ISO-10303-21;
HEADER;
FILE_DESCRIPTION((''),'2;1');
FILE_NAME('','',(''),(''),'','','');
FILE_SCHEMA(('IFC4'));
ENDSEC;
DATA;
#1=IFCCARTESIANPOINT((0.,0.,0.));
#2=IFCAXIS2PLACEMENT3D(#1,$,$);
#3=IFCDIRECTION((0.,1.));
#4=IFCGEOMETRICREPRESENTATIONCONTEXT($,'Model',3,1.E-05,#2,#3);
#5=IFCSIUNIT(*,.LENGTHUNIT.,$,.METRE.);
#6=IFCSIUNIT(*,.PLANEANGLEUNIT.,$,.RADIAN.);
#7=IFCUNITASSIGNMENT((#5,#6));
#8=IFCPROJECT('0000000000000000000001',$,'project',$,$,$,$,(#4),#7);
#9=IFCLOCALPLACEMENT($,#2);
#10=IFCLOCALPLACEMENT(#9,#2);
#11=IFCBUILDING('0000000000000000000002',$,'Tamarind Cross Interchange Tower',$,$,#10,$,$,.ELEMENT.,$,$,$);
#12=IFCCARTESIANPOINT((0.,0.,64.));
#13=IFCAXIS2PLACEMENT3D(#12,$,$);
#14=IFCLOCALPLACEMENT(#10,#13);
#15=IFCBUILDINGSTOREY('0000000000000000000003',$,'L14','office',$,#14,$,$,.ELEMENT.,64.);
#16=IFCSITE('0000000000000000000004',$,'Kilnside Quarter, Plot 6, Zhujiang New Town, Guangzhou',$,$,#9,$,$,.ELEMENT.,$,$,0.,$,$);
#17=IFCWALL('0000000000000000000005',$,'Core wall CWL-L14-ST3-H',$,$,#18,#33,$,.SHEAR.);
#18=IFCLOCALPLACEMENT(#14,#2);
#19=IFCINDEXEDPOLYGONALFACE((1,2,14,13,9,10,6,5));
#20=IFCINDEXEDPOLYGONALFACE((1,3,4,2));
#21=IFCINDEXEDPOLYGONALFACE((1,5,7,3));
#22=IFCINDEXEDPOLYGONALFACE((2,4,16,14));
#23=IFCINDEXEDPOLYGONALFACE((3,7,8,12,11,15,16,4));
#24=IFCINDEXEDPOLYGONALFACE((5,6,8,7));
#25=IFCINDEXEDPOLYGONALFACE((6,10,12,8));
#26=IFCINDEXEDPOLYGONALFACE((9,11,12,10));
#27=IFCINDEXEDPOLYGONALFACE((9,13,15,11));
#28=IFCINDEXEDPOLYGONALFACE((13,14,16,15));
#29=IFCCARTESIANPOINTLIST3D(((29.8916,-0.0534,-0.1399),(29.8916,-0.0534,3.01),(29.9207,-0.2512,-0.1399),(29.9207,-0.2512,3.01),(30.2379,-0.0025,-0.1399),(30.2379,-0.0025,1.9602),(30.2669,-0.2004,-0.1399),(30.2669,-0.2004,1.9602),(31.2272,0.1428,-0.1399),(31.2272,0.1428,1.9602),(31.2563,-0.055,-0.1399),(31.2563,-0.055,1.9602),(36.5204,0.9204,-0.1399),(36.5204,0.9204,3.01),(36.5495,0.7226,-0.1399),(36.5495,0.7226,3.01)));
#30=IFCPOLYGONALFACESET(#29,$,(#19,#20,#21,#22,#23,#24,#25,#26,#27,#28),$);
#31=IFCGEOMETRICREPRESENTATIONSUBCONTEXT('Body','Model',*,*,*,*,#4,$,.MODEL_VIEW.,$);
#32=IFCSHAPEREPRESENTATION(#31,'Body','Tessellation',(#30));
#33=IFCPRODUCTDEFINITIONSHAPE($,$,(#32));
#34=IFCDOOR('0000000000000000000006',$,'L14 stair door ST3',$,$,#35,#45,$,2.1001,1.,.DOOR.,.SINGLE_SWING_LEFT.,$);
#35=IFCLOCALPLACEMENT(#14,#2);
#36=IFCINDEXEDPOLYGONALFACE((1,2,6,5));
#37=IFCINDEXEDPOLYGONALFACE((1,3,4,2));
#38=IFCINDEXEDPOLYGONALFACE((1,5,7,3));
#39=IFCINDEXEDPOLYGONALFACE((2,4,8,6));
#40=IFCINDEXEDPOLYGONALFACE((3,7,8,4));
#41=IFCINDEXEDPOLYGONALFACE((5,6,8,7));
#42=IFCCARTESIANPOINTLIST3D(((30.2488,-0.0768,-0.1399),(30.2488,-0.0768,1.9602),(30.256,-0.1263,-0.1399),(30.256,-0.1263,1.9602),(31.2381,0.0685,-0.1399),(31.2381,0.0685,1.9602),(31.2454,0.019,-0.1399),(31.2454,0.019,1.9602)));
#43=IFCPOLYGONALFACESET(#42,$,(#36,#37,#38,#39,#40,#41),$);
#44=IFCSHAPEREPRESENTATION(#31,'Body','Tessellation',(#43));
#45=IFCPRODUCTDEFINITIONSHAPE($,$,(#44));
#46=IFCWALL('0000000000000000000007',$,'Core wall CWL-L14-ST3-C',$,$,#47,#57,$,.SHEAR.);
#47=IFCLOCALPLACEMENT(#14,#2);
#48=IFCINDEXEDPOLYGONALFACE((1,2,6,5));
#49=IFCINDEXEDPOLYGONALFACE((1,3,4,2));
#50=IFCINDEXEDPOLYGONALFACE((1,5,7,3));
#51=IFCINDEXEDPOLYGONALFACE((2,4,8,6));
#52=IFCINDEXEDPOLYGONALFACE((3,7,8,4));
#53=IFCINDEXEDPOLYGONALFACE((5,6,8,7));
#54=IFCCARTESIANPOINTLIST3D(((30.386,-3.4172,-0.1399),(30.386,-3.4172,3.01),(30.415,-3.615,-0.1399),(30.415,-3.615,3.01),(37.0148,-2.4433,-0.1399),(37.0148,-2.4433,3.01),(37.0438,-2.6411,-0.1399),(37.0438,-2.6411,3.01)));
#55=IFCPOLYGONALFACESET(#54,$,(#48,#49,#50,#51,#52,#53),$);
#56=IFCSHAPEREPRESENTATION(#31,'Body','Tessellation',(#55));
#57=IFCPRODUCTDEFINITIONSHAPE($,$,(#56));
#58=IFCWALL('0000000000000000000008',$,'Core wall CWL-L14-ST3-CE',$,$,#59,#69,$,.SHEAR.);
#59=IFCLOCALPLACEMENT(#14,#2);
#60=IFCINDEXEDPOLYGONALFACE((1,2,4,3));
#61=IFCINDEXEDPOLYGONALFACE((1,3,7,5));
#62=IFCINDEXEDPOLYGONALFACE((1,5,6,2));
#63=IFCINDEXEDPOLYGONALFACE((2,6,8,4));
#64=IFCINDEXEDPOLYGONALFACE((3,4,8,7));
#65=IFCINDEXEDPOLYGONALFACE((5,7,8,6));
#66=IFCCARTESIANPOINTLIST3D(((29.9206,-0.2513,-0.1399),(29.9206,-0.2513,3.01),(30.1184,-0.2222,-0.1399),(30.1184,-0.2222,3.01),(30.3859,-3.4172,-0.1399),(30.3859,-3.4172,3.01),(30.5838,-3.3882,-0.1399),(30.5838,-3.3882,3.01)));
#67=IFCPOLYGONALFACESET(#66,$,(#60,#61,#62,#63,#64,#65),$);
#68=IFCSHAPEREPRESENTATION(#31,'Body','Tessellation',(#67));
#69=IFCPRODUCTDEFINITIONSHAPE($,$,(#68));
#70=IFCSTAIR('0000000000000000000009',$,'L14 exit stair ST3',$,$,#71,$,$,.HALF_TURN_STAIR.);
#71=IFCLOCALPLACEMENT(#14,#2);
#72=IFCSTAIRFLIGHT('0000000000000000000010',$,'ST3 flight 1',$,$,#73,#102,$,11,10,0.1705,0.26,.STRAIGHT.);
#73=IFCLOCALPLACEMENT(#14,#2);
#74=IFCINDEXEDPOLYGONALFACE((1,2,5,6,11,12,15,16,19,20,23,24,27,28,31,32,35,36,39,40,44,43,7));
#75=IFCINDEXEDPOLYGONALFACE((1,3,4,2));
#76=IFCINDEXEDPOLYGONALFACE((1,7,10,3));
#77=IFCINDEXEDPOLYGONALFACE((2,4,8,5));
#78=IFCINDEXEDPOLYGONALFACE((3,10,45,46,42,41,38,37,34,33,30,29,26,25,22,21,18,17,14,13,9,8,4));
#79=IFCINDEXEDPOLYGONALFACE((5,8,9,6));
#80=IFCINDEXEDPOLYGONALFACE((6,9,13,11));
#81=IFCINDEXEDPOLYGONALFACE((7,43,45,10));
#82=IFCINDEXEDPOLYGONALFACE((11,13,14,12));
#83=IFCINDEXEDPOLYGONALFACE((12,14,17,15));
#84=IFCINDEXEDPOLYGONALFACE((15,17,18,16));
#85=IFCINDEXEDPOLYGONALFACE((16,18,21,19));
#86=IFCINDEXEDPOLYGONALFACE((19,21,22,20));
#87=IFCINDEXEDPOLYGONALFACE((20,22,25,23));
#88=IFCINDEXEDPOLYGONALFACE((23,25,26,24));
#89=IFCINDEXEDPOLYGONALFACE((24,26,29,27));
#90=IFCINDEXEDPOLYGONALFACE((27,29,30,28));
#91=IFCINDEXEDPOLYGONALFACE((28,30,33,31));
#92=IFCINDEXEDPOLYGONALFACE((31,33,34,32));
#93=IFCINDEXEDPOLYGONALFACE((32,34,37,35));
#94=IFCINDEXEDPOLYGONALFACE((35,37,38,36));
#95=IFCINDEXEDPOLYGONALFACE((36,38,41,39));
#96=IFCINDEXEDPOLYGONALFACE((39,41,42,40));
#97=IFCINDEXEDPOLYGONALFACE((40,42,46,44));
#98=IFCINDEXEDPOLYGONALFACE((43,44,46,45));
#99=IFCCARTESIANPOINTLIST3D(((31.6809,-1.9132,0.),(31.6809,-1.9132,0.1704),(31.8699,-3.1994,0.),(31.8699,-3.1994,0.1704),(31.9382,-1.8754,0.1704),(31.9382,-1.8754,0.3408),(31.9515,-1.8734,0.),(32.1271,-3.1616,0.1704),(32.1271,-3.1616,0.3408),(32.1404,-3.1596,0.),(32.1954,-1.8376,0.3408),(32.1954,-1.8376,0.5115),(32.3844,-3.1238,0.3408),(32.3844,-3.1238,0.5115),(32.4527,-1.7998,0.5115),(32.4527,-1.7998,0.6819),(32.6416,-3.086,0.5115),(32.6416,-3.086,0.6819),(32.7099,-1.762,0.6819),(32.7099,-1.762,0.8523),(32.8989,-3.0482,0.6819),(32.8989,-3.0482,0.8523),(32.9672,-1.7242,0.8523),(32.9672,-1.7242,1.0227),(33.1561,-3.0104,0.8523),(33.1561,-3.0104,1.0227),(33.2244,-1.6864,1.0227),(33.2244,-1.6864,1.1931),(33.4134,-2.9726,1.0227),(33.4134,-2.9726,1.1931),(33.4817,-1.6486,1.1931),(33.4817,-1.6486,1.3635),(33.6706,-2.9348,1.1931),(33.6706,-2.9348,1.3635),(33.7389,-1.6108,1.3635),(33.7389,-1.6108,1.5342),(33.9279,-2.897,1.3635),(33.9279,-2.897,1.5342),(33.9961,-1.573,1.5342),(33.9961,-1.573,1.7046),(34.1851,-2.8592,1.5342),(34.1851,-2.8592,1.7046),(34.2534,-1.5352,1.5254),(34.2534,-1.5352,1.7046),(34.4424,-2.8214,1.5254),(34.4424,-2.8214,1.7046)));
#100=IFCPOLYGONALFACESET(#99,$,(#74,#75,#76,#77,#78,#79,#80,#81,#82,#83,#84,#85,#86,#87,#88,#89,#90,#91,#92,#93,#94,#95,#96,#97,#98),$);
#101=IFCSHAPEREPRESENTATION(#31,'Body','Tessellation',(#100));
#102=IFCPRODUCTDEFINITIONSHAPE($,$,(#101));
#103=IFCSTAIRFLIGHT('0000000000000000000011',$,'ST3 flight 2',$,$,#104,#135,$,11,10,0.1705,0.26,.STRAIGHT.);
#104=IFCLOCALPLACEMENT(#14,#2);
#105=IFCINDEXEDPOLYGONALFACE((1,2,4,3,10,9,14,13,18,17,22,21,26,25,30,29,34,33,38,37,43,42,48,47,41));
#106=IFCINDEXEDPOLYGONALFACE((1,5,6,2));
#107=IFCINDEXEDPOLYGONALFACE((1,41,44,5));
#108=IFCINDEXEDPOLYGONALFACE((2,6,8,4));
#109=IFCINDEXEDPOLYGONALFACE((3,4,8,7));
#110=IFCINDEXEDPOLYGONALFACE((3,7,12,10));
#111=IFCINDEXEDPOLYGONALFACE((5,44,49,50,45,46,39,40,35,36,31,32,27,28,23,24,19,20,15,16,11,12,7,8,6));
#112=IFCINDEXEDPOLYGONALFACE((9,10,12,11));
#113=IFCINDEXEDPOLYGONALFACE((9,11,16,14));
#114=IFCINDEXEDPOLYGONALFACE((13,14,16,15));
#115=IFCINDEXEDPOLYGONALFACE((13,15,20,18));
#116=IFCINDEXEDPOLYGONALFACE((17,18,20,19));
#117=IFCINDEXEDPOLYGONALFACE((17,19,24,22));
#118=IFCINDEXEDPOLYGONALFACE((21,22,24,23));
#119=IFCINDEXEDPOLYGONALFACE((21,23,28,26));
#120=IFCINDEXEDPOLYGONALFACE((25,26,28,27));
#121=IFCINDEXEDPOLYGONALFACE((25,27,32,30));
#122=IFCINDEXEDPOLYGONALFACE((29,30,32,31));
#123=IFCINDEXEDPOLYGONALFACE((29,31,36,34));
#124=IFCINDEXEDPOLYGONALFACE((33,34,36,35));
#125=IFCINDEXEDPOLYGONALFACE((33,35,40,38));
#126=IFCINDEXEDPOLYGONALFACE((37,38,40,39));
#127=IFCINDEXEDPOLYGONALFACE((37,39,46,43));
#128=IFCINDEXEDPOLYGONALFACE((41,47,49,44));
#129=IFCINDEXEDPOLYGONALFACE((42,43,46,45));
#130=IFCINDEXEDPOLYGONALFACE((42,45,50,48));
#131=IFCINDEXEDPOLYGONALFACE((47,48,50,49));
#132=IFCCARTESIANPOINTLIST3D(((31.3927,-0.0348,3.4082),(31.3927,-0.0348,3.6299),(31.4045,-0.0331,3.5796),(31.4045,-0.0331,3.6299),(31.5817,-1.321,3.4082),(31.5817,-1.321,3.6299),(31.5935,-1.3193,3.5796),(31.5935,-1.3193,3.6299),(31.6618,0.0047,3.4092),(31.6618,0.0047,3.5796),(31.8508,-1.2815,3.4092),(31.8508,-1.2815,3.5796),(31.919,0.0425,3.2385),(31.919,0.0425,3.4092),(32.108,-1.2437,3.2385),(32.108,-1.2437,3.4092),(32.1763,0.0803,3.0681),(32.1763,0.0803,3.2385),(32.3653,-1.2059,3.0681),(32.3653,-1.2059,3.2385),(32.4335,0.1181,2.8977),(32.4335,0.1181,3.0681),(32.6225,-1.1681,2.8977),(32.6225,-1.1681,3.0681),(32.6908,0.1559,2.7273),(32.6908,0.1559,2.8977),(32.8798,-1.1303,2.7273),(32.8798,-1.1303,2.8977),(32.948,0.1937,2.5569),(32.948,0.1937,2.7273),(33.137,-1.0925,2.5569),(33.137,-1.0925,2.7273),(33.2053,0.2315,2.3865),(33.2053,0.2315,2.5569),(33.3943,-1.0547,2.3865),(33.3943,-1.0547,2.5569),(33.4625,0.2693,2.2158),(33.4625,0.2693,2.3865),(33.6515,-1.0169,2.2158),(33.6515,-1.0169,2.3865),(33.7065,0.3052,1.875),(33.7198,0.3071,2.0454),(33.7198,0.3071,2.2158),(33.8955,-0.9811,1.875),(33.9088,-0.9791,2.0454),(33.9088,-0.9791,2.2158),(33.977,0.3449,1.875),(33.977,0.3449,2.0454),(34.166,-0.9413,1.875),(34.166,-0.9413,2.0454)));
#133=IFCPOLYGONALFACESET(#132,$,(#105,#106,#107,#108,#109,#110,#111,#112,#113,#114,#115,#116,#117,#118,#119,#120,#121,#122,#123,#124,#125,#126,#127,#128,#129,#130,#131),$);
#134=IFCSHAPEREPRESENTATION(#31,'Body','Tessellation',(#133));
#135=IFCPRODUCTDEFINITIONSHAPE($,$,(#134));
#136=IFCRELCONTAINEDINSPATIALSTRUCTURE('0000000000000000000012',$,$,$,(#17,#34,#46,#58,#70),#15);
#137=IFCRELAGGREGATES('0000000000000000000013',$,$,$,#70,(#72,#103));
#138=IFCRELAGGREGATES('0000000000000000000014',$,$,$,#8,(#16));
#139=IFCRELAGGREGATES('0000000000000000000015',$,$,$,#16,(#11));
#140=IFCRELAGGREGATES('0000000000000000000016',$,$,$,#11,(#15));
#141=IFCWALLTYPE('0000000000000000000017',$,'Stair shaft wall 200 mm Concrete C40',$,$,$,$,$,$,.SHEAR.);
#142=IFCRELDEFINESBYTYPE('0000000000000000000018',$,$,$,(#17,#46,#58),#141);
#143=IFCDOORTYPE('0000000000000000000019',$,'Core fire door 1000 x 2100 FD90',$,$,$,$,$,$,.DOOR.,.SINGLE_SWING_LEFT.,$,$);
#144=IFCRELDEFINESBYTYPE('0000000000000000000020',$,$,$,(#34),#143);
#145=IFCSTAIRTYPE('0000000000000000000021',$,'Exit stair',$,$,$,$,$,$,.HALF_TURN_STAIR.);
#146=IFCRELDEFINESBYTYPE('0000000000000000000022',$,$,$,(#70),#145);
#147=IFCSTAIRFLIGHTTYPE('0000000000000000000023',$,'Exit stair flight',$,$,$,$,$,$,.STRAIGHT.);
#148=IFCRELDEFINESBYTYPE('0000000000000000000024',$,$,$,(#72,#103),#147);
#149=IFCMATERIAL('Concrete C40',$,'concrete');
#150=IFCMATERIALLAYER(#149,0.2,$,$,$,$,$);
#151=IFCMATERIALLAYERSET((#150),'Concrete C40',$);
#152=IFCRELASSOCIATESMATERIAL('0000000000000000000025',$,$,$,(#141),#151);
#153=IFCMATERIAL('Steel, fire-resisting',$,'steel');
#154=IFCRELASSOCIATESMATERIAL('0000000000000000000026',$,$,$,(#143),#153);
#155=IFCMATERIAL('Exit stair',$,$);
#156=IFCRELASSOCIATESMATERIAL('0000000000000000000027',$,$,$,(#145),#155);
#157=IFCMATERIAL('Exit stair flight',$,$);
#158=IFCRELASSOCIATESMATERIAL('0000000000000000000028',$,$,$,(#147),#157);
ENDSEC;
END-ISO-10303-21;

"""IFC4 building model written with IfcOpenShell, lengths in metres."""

from ifc_helpers import new_model, si_unit, direction, frame, frame_2d, origin, place, context, subcontext, project, spatial, polyline, rectangle, outline, extrude, material, layer, layer_set, type_object, element, fill, aggregate, save


model = new_model("IFC4")

# Units and contexts
model_context = context("Model", 3, precision=1e-05, world=origin(), true_north=direction((0.0, 1.0)))
body_context = subcontext(model_context, "Body", "Model", "MODEL_VIEW")
ifc_project = project(units=[si_unit("LENGTHUNIT", "METRE"), si_unit("PLANEANGLEUNIT", "RADIAN")], contexts=[model_context])

# Site, building, storey
site_placement = place(None, origin())
site = spatial("IfcSite", under=ifc_project, at=site_placement, Name="Kilnside Quarter, Plot 6, Zhujiang New Town, Guangzhou", CompositionType="ELEMENT", RefElevation=0.0)
building_placement = place(site_placement, origin())
building = spatial("IfcBuilding", under=site, at=building_placement, Name="Tamarind Cross Interchange Tower", CompositionType="ELEMENT")
storey_placement = place(building_placement, frame((0.0, 0.0, 64.0)))
storey = spatial("IfcBuildingStorey", under=building, at=storey_placement, Name="L14", Description="office", CompositionType="ELEMENT", Elevation=64.0)

# Wall, opening, door
ifc_material_1 = material(Name="Concrete C40", Category="concrete")
ifc_layer_1 = layer(ifc_material_1, 0.2)
ifc_layer_set_1 = layer_set([ifc_layer_1], Name="Concrete C40")
wall_type_1 = type_object("IfcWallType", Name="Stair shaft wall 200 mm Concrete C40", PredefinedType="SHEAR", material=ifc_layer_set_1)
wall_1_placement = place(storey_placement, frame((29.906, -0.1523, -0.1399), z_axis=(0.0, 0.0, 1.0), x_axis=(0.98938, 0.145353, 0.0)))
wall_1 = element("IfcWall", 1, at=wall_1_placement, inside=storey, type_object=wall_type_1, Name="Core wall CWL-L14-ST3-H", PredefinedType="SHEAR", context=body_context, shape_type="SweptSolid", body=[
    extrude(rectangle(XDim=6.7, YDim=0.2, at=frame_2d((3.3501, 0.0))), origin(), (0.0, 0.0, 1.0), 3.1499),
])
opening_1_placement = place(wall_1_placement, frame((0.3501, 0.0, 0.0)))
opening_1 = element("IfcOpeningElement", 2, at=opening_1_placement, cuts=wall_1, PredefinedType="OPENING", context=body_context, shape_type="SweptSolid", body=[
    extrude(rectangle(XDim=1.0, YDim=2.1001, at=frame_2d((0.5, 1.05))), frame((0.0, 0.1099, 0.0), z_axis=(0.0, -1.0, 0.0), x_axis=(1.0, 0.0, 0.0)), (0.0, 0.0, 1.0), 0.22),
])
ifc_material_2 = material(Name="Steel, fire-resisting", Category="steel")
door_type_1 = type_object("IfcDoorType", Name="Core fire door 1000 x 2100 FD90", OperationType="SINGLE_SWING_LEFT", PredefinedType="DOOR", material=ifc_material_2)
door_1_placement = place(opening_1_placement, origin())
door_1 = element("IfcDoor", 3, at=door_1_placement, inside=storey, type_object=door_type_1, Name="L14 stair door ST3", OperationType="SINGLE_SWING_LEFT", OverallHeight=2.1001, OverallWidth=1.0, PredefinedType="DOOR", context=body_context, shape_type="SweptSolid", body=[
    extrude(rectangle(XDim=1.0, YDim=2.1001, at=frame_2d((0.5, 1.05))), frame((0.0, 0.0249, 0.0), z_axis=(0.0, -1.0, 0.0), x_axis=(1.0, 0.0, 0.0)), (0.0, 0.0, 1.0), 0.05),
])
fill(opening_1, door_1)

# Walls
wall_2_placement = place(storey_placement, frame((30.4004, -3.5161, -0.1399), z_axis=(0.0, 0.0, 1.0), x_axis=(0.98938, 0.145353, 0.0)))
element("IfcWall", 4, at=wall_2_placement, inside=storey, type_object=wall_type_1, Name="Core wall CWL-L14-ST3-C", PredefinedType="SHEAR", context=body_context, shape_type="SweptSolid", body=[
    extrude(rectangle(XDim=6.7, YDim=0.2, at=frame_2d((3.3501, 0.0))), origin(), (0.0, 0.0, 1.0), 3.1499),
])
wall_3_placement = place(storey_placement, frame((30.4849, -3.4028, -0.1399), z_axis=(0.0, 0.0, 1.0), x_axis=(-0.145415, 0.989371, 0.0)))
element("IfcWall", 5, at=wall_3_placement, inside=storey, type_object=wall_type_1, Name="Core wall CWL-L14-ST3-CE", PredefinedType="SHEAR", context=body_context, shape_type="SweptSolid", body=[
    extrude(rectangle(XDim=3.2, YDim=0.2, at=frame_2d((1.6001, 0.0))), origin(), (0.0, 0.0, 1.0), 3.1499),
])

# Stair, stair flights
ifc_material_3 = material(Name="Exit stair")
stair_type = type_object("IfcStairType", Name="Exit stair", PredefinedType="HALF_TURN_STAIR", material=ifc_material_3)
stair_placement = place(storey_placement, origin())
stair = element("IfcStair", 6, at=stair_placement, inside=storey, type_object=stair_type, Name="L14 exit stair ST3", PredefinedType="HALF_TURN_STAIR")
ifc_material_4 = material(Name="Exit stair flight")
stair_flight_type = type_object("IfcStairFlightType", Name="Exit stair flight", PredefinedType="STRAIGHT", material=ifc_material_4)
stair_flight_1_placement = place(storey_placement, frame((31.7754, -2.5562, 0.0), z_axis=(0.0, 0.0, 1.0), x_axis=(0.989378, 0.145365, 0.0)))
stair_flight_1 = element("IfcStairFlight", 7, at=stair_flight_1_placement, type_object=stair_flight_type, Name="ST3 flight 1", NumberOfRisers=11, NumberOfTreads=10, PredefinedType="STRAIGHT", RiserHeight=0.1705, TreadLength=0.26, context=body_context, shape_type="SweptSolid", body=[
    extrude(outline(polyline([(0.0, 0.0), (0.0, 0.1704), (0.26, 0.1704), (0.26, 0.3408), (0.52, 0.3408), (0.52, 0.5115), (0.78, 0.5115), (0.78, 0.6819), (1.04, 0.6819), (1.04, 0.8523), (1.3, 0.8523), (1.3, 1.0227), (1.5601, 1.0227), (1.5601, 1.1931), (1.8201, 1.1931), (1.8201, 1.3635), (2.0801, 1.3635), (2.0801, 1.5342), (2.3401, 1.5342), (2.3401, 1.7046), (2.6001, 1.7046), (2.6001, 1.875), (2.6001, 1.5254), (0.2734, 0.0), (0.0, 0.0)])), frame((0.0, 0.6499, 0.0), z_axis=(0.0, -1.0, 0.0), x_axis=(1.0, 0.0, 0.0)), (0.0, 0.0, 1.0), 1.3),
])
stair_flight_2_placement = place(storey_placement, frame((34.0715, -0.2983, 1.875), z_axis=(0.0, 0.0, 1.0), x_axis=(-0.989378, -0.145365, 0.0)))
stair_flight_2 = element("IfcStairFlight", 8, at=stair_flight_2_placement, type_object=stair_flight_type, Name="ST3 flight 2", NumberOfRisers=11, NumberOfTreads=10, PredefinedType="STRAIGHT", RiserHeight=0.1705, TreadLength=0.26, context=body_context, shape_type="SweptSolid", body=[
    extrude(outline(polyline([(0.0, 0.0), (0.0, 0.1704), (0.26, 0.1704), (0.26, 0.3408), (0.52, 0.3408), (0.52, 0.5115), (0.78, 0.5115), (0.78, 0.6819), (1.04, 0.6819), (1.04, 0.8523), (1.3, 0.8523), (1.3, 1.0227), (1.5601, 1.0227), (1.5601, 1.1931), (1.8201, 1.1931), (1.8201, 1.3635), (2.0801, 1.3635), (2.0801, 1.5342), (2.3401, 1.5342), (2.3401, 1.7046), (2.6001, 1.7046), (2.6001, 1.7549), (2.6121, 1.7549), (2.6121, 1.5332), (0.2734, 0.0), (0.0, 0.0)])), frame((0.0, 0.6499, 0.0), z_axis=(0.0, -1.0, 0.0), x_axis=(1.0, 0.0, 0.0)), (0.0, 0.0, 1.0), 1.3),
])
aggregate(stair, [stair_flight_1, stair_flight_2])

save(model, "model.ifc")
